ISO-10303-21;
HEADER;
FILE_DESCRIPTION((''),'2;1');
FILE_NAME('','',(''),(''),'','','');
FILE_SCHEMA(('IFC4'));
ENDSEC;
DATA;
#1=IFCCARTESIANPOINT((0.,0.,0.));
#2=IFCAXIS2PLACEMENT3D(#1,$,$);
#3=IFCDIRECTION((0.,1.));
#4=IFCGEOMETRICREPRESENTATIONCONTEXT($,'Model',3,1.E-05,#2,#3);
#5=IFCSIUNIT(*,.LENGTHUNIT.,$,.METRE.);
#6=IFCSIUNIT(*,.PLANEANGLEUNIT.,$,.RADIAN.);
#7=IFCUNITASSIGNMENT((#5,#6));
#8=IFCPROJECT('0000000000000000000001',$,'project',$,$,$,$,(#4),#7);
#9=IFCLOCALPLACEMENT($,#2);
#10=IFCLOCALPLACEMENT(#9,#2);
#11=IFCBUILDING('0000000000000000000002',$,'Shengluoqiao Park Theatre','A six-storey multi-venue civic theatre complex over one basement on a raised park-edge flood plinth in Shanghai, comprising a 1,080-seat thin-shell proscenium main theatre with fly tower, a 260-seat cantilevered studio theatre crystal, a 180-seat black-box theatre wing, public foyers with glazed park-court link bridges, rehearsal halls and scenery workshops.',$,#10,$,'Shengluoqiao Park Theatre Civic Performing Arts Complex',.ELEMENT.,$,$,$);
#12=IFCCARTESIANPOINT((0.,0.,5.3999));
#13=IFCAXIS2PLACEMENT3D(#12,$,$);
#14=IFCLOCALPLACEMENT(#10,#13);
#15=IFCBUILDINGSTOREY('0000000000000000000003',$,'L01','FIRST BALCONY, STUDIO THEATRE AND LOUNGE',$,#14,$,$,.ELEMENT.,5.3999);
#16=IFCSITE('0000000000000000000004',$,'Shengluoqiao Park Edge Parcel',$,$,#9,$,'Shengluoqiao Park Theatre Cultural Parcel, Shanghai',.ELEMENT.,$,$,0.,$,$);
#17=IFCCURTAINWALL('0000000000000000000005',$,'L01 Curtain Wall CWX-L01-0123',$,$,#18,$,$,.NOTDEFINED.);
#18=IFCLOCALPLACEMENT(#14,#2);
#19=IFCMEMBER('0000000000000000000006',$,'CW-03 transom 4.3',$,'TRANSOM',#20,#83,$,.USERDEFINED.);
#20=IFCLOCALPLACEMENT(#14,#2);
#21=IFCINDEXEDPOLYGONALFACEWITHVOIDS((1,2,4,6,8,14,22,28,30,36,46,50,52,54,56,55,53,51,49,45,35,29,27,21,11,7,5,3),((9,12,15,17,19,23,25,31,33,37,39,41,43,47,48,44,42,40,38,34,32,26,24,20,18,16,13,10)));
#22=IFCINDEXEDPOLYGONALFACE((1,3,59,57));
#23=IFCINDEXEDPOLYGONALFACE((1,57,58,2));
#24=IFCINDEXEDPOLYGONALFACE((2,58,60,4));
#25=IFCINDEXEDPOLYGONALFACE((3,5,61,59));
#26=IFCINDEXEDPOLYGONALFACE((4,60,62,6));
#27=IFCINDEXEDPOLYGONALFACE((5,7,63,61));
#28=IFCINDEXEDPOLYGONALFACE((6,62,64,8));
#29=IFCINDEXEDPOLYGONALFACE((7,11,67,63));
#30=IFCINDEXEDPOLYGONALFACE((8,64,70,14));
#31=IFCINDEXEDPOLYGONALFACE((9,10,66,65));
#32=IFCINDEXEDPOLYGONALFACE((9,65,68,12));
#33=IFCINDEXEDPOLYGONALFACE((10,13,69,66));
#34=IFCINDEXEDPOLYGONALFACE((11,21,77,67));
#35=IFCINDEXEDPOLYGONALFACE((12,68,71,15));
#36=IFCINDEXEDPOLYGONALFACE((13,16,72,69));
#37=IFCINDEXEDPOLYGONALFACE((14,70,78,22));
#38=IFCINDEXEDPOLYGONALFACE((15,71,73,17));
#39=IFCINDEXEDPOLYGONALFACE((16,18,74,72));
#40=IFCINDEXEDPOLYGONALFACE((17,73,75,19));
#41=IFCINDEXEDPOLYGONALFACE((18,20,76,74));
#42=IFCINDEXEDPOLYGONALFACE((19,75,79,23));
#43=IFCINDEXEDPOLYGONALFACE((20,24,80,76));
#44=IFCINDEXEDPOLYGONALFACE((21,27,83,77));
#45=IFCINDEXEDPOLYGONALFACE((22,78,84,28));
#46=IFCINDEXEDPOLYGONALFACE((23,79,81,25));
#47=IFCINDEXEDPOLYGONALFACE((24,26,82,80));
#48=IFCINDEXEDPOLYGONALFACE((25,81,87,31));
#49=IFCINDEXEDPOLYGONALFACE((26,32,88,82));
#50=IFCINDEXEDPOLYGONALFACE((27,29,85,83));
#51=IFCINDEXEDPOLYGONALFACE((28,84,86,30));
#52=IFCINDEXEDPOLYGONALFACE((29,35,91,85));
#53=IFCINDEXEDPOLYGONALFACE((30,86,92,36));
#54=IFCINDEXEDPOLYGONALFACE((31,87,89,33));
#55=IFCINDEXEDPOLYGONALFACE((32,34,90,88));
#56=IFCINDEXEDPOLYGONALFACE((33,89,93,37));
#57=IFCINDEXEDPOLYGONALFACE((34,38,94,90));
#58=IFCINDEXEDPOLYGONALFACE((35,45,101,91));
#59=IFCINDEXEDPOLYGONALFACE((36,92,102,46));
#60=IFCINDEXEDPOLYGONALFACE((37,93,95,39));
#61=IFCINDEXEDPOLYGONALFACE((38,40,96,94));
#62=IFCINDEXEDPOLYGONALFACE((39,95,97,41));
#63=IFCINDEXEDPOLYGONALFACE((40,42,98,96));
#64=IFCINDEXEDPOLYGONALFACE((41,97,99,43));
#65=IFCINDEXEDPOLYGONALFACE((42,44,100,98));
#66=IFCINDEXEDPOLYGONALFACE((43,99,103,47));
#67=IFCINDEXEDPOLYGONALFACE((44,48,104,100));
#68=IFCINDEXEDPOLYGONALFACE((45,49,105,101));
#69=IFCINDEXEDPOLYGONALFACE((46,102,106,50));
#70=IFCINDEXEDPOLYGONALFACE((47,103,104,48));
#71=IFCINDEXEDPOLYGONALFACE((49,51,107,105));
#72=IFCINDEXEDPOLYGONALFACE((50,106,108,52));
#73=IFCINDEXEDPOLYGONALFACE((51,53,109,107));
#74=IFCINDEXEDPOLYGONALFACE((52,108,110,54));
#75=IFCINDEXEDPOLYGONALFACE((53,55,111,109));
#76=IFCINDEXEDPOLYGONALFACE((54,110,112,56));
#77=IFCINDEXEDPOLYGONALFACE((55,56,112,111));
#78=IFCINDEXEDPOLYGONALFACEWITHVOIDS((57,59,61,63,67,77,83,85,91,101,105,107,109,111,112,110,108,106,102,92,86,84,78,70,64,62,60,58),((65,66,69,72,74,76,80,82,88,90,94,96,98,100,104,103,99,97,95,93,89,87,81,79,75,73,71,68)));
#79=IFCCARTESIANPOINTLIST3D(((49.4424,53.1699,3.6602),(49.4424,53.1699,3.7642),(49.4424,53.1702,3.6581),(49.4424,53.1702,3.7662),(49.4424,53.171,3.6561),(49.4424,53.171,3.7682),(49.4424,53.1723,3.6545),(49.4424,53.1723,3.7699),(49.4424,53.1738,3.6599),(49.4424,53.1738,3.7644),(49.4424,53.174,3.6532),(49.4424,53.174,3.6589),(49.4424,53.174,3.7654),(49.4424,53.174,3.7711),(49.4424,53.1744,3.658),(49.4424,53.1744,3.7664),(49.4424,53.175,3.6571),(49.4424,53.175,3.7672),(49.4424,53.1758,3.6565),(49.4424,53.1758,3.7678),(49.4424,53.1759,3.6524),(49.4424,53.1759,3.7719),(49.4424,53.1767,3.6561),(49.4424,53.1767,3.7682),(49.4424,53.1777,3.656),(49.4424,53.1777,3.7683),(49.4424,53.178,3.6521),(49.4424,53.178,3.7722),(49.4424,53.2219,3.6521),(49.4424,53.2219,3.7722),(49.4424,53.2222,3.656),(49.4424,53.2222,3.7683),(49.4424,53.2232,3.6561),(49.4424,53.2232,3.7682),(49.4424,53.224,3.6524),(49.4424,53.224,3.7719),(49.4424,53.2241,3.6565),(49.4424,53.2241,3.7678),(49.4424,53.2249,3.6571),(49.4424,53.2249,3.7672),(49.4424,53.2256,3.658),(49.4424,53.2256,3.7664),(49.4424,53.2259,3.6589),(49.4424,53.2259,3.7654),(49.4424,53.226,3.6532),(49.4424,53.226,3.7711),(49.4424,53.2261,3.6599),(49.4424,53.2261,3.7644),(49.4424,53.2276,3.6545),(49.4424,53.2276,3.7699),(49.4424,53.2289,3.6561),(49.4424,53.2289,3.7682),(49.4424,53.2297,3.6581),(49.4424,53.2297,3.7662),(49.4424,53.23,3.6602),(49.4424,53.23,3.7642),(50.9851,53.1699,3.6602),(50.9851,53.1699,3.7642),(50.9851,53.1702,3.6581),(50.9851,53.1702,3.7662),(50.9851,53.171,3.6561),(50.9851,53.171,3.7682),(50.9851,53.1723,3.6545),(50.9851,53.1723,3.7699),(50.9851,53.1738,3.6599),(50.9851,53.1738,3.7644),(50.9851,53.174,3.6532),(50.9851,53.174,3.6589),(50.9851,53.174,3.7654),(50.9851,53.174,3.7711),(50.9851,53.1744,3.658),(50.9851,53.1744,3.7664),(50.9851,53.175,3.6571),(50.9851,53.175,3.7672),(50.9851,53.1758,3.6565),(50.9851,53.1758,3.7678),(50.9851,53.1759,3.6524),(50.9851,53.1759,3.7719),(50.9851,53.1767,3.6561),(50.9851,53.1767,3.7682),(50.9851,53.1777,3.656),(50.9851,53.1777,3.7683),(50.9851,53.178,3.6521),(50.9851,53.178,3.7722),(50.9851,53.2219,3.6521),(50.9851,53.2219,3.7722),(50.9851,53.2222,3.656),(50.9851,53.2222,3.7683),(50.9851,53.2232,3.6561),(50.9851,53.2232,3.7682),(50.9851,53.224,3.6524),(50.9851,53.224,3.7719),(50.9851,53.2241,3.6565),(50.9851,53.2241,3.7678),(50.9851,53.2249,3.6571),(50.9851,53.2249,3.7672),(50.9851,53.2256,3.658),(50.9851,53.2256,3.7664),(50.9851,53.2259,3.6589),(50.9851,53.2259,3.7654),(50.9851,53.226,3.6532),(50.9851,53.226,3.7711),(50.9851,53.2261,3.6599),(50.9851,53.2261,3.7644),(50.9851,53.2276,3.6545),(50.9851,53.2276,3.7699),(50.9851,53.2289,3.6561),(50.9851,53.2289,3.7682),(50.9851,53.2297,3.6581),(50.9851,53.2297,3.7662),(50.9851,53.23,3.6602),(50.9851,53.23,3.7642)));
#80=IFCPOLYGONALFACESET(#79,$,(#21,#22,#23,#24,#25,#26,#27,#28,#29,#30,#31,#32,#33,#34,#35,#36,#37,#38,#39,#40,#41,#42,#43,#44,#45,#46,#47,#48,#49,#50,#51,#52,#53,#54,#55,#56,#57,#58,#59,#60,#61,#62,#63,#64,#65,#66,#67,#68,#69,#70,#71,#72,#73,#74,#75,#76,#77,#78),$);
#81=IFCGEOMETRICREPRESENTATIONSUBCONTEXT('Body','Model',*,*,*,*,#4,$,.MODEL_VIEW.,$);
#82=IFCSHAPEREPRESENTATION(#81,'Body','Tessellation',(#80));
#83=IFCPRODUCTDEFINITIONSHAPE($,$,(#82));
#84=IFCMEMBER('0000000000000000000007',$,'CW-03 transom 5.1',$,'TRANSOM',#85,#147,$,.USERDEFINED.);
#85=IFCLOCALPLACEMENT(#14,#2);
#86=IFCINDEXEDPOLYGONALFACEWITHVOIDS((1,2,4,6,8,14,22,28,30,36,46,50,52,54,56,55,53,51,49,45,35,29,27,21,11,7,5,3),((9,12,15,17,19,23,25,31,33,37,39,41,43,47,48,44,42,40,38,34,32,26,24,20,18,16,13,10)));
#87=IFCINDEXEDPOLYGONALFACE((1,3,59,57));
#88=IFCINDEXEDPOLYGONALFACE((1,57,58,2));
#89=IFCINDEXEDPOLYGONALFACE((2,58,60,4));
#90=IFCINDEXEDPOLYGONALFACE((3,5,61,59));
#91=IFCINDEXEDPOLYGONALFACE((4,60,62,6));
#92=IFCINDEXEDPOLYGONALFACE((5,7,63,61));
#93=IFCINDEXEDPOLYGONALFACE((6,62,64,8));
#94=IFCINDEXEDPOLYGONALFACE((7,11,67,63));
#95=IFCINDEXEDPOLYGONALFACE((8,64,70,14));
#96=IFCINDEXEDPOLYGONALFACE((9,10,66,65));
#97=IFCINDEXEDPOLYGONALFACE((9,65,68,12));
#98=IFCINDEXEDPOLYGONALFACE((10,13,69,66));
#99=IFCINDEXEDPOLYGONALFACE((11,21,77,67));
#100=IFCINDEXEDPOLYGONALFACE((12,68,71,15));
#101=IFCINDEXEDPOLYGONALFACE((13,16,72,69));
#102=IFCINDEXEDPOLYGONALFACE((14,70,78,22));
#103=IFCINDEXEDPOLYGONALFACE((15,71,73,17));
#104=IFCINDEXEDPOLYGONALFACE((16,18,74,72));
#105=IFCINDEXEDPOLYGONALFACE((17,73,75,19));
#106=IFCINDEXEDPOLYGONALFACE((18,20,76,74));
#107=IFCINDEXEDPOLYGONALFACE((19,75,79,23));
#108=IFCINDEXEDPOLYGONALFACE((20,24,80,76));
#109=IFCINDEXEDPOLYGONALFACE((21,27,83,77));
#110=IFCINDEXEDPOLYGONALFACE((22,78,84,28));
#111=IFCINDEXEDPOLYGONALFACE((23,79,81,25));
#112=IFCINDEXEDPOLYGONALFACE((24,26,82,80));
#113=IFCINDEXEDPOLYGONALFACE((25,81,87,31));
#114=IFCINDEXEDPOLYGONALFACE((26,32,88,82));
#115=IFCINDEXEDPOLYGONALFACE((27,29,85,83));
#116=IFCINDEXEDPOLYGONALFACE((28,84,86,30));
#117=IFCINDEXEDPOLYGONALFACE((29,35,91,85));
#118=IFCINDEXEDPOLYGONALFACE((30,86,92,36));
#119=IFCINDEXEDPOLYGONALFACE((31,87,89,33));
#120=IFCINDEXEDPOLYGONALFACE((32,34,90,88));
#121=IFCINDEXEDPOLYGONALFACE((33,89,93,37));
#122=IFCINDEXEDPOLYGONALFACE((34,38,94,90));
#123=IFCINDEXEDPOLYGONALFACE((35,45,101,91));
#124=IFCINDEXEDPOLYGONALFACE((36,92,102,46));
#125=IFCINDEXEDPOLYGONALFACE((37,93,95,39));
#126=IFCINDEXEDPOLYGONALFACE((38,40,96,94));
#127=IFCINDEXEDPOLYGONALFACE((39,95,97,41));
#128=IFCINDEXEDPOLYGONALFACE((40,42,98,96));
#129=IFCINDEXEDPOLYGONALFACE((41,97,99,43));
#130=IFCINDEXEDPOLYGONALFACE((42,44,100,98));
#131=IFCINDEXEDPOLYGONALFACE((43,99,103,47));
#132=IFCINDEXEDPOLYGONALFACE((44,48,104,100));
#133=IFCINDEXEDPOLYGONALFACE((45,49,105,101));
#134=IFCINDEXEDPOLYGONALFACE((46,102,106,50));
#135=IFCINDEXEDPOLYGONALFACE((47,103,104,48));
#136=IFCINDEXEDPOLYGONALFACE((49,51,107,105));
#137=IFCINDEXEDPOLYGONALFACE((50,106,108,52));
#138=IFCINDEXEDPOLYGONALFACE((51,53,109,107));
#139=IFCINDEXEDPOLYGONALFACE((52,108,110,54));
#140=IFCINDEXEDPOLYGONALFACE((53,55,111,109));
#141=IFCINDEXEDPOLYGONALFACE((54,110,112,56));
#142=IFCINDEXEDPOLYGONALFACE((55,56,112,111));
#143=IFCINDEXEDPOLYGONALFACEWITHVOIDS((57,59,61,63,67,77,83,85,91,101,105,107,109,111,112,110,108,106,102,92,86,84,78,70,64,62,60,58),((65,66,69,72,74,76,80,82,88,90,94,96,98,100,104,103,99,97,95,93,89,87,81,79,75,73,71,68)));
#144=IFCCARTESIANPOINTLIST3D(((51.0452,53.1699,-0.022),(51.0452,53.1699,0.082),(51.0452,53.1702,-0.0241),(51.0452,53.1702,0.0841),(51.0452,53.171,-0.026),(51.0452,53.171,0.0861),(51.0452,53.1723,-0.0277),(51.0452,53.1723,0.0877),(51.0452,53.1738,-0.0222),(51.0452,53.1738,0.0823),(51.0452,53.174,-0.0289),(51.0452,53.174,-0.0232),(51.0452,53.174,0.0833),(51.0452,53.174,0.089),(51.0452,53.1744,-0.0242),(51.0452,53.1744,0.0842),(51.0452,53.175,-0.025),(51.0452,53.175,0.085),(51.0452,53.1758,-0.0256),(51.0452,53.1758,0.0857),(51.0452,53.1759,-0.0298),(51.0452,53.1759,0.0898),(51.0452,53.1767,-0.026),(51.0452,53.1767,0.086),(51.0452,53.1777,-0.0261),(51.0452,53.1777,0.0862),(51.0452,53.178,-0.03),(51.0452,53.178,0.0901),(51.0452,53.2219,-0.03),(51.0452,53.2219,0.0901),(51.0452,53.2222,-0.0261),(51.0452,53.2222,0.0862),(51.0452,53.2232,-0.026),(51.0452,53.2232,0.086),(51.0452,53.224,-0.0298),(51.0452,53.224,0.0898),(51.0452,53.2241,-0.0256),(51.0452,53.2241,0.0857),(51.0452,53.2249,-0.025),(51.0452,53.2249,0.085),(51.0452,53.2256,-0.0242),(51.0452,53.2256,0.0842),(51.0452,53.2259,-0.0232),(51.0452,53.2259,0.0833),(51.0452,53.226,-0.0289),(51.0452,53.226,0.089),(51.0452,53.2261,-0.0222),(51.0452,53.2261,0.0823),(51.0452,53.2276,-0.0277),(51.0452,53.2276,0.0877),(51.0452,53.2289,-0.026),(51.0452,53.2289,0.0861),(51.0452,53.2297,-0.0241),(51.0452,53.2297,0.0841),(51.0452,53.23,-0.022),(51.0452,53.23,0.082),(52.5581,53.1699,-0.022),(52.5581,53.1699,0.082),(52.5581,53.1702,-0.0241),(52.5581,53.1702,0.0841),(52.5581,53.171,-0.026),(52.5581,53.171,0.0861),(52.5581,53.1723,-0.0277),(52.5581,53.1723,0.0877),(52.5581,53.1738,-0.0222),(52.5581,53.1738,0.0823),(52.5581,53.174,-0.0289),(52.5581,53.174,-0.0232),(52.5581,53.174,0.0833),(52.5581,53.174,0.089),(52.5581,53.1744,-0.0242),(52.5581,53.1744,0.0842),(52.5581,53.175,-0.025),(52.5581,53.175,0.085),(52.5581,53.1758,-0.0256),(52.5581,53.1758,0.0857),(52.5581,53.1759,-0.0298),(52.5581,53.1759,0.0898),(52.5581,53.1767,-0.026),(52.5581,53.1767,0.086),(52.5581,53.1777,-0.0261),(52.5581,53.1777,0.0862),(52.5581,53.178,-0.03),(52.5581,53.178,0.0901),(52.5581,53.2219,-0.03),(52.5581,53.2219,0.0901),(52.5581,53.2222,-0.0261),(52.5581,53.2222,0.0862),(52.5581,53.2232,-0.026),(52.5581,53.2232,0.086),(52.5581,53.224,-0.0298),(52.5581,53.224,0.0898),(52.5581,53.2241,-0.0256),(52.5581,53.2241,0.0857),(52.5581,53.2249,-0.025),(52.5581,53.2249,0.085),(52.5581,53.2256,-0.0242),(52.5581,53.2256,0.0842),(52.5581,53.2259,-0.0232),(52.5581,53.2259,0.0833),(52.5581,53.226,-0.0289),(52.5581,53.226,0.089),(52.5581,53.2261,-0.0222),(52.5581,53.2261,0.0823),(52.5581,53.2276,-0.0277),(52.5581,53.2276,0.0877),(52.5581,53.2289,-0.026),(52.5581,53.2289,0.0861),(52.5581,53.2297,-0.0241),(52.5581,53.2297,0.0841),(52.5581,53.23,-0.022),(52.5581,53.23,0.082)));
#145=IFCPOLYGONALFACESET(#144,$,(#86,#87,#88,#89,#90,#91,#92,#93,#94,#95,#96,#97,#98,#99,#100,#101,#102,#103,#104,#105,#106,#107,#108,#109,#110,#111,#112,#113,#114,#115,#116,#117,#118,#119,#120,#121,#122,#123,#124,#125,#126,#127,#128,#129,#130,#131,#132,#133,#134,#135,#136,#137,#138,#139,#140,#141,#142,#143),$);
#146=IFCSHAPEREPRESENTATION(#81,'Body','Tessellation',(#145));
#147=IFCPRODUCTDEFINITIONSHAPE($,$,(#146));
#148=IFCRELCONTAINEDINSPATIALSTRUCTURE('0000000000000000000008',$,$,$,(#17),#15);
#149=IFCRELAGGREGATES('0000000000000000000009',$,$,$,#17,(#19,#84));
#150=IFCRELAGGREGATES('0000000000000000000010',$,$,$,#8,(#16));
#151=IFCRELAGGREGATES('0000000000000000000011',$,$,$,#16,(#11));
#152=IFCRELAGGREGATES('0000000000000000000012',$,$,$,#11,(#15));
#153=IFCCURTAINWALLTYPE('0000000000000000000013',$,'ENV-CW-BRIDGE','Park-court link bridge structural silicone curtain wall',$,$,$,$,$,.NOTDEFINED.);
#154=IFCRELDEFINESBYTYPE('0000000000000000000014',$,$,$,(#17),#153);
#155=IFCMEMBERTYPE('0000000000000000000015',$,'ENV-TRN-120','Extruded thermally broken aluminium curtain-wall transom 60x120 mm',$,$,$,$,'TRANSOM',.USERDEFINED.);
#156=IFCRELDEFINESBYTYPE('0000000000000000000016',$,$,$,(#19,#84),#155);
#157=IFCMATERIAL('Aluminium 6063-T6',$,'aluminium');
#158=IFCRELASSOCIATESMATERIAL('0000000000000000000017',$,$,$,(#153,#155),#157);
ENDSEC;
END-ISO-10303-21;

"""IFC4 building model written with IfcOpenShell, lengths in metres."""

from ifc_helpers import new_model, si_unit, direction, frame, origin, origin_2d, place, context, subcontext, project, spatial, hollow_rectangle, extrude, material, material_profile, profile_set, type_object, element, aggregate, save


model = new_model("IFC4")

# Units and contexts
model_context = context("Model", 3, precision=1e-05, world=origin(), true_north=direction((0.0, 1.0)))
body_context = subcontext(model_context, "Body", "Model", "MODEL_VIEW")
ifc_project = project(units=[si_unit("LENGTHUNIT", "METRE"), si_unit("PLANEANGLEUNIT", "RADIAN")], contexts=[model_context])

# Site, building, storey
site_placement = place(None, origin())
site = spatial("IfcSite", under=ifc_project, at=site_placement, Name="Shengluoqiao Park Edge Parcel", LongName="Shengluoqiao Park Theatre Cultural Parcel, Shanghai", CompositionType="ELEMENT", RefElevation=0.0)
building_placement = place(site_placement, origin())
building = spatial("IfcBuilding", under=site, at=building_placement, Name="Shengluoqiao Park Theatre", Description="A six-storey multi-venue civic theatre complex over one basement on a raised park-edge flood plinth in Shanghai, comprising a 1,080-seat thin-shell proscenium main theatre with fly tower, a 260-seat cantilevered studio theatre crystal, a 180-seat black-box theatre wing, public foyers with glazed park-court link bridges, rehearsal halls and scenery workshops.", LongName="Shengluoqiao Park Theatre Civic Performing Arts Complex", CompositionType="ELEMENT")
storey_placement = place(building_placement, frame((0.0, 0.0, 5.3999)))
storey = spatial("IfcBuildingStorey", under=building, at=storey_placement, Name="L01", Description="FIRST BALCONY, STUDIO THEATRE AND LOUNGE", CompositionType="ELEMENT", Elevation=5.3999)

# Curtain wall, members
ifc_material_1 = material(Name="Aluminium 6063-T6", Category="aluminium")
curtain_wall_type = type_object("IfcCurtainWallType", Name="ENV-CW-BRIDGE", Description="Park-court link bridge structural silicone curtain wall", PredefinedType="NOTDEFINED", material=ifc_material_1)
curtain_wall_placement = place(storey_placement, origin())
curtain_wall = element("IfcCurtainWall", 1, at=curtain_wall_placement, inside=storey, type_object=curtain_wall_type, Name="L01 Curtain Wall CWX-L01-0123", PredefinedType="NOTDEFINED")
ifc_material_profile_1 = material_profile(ifc_material_1, hollow_rectangle(XDim=0.0601, YDim=0.1201, WallThickness=0.0039, InnerFilletRadius=0.0039, OuterFilletRadius=0.0081, at=origin_2d()), Name="ALU TRANSOM 120x60x4")
ifc_profile_set_1 = profile_set([ifc_material_profile_1], Name="Aluminium 6063-T6")
member_type_1 = type_object("IfcMemberType", Name="ENV-TRN-120", Description="Extruded thermally broken aluminium curtain-wall transom 60x120 mm", ElementType="TRANSOM", PredefinedType="USERDEFINED", material=ifc_profile_set_1)
member_1_placement = place(storey_placement, frame((49.4424, 53.2, 3.7122), z_axis=(1.0, 0.0, 0.0), x_axis=(0.0, 1.0, 0.0)))
member_1 = element("IfcMember", 2, at=member_1_placement, type_object=member_type_1, Name="CW-03 transom 4.3", ObjectType="TRANSOM", PredefinedType="USERDEFINED", context=body_context, shape_type="SweptSolid", body=[
    extrude(hollow_rectangle(XDim=0.0601, YDim=0.1201, WallThickness=0.0039, InnerFilletRadius=0.0039, OuterFilletRadius=0.0081, at=origin_2d()), origin(), (0.0, 0.0, 1.0), 1.5427),
])
member_2_placement = place(storey_placement, frame((51.0452, 53.2, 0.03), z_axis=(1.0, 0.0, 0.0), x_axis=(0.0, 1.0, 0.0)))
member_2 = element("IfcMember", 3, at=member_2_placement, type_object=member_type_1, Name="CW-03 transom 5.1", ObjectType="TRANSOM", PredefinedType="USERDEFINED", context=body_context, shape_type="SweptSolid", body=[
    extrude(hollow_rectangle(XDim=0.0601, YDim=0.1201, WallThickness=0.0039, InnerFilletRadius=0.0039, OuterFilletRadius=0.0081, at=origin_2d()), origin(), (0.0, 0.0, 1.0), 1.5129),
])

aggregate(curtain_wall, [member_1, member_2])

save(model, "model.ifc")
